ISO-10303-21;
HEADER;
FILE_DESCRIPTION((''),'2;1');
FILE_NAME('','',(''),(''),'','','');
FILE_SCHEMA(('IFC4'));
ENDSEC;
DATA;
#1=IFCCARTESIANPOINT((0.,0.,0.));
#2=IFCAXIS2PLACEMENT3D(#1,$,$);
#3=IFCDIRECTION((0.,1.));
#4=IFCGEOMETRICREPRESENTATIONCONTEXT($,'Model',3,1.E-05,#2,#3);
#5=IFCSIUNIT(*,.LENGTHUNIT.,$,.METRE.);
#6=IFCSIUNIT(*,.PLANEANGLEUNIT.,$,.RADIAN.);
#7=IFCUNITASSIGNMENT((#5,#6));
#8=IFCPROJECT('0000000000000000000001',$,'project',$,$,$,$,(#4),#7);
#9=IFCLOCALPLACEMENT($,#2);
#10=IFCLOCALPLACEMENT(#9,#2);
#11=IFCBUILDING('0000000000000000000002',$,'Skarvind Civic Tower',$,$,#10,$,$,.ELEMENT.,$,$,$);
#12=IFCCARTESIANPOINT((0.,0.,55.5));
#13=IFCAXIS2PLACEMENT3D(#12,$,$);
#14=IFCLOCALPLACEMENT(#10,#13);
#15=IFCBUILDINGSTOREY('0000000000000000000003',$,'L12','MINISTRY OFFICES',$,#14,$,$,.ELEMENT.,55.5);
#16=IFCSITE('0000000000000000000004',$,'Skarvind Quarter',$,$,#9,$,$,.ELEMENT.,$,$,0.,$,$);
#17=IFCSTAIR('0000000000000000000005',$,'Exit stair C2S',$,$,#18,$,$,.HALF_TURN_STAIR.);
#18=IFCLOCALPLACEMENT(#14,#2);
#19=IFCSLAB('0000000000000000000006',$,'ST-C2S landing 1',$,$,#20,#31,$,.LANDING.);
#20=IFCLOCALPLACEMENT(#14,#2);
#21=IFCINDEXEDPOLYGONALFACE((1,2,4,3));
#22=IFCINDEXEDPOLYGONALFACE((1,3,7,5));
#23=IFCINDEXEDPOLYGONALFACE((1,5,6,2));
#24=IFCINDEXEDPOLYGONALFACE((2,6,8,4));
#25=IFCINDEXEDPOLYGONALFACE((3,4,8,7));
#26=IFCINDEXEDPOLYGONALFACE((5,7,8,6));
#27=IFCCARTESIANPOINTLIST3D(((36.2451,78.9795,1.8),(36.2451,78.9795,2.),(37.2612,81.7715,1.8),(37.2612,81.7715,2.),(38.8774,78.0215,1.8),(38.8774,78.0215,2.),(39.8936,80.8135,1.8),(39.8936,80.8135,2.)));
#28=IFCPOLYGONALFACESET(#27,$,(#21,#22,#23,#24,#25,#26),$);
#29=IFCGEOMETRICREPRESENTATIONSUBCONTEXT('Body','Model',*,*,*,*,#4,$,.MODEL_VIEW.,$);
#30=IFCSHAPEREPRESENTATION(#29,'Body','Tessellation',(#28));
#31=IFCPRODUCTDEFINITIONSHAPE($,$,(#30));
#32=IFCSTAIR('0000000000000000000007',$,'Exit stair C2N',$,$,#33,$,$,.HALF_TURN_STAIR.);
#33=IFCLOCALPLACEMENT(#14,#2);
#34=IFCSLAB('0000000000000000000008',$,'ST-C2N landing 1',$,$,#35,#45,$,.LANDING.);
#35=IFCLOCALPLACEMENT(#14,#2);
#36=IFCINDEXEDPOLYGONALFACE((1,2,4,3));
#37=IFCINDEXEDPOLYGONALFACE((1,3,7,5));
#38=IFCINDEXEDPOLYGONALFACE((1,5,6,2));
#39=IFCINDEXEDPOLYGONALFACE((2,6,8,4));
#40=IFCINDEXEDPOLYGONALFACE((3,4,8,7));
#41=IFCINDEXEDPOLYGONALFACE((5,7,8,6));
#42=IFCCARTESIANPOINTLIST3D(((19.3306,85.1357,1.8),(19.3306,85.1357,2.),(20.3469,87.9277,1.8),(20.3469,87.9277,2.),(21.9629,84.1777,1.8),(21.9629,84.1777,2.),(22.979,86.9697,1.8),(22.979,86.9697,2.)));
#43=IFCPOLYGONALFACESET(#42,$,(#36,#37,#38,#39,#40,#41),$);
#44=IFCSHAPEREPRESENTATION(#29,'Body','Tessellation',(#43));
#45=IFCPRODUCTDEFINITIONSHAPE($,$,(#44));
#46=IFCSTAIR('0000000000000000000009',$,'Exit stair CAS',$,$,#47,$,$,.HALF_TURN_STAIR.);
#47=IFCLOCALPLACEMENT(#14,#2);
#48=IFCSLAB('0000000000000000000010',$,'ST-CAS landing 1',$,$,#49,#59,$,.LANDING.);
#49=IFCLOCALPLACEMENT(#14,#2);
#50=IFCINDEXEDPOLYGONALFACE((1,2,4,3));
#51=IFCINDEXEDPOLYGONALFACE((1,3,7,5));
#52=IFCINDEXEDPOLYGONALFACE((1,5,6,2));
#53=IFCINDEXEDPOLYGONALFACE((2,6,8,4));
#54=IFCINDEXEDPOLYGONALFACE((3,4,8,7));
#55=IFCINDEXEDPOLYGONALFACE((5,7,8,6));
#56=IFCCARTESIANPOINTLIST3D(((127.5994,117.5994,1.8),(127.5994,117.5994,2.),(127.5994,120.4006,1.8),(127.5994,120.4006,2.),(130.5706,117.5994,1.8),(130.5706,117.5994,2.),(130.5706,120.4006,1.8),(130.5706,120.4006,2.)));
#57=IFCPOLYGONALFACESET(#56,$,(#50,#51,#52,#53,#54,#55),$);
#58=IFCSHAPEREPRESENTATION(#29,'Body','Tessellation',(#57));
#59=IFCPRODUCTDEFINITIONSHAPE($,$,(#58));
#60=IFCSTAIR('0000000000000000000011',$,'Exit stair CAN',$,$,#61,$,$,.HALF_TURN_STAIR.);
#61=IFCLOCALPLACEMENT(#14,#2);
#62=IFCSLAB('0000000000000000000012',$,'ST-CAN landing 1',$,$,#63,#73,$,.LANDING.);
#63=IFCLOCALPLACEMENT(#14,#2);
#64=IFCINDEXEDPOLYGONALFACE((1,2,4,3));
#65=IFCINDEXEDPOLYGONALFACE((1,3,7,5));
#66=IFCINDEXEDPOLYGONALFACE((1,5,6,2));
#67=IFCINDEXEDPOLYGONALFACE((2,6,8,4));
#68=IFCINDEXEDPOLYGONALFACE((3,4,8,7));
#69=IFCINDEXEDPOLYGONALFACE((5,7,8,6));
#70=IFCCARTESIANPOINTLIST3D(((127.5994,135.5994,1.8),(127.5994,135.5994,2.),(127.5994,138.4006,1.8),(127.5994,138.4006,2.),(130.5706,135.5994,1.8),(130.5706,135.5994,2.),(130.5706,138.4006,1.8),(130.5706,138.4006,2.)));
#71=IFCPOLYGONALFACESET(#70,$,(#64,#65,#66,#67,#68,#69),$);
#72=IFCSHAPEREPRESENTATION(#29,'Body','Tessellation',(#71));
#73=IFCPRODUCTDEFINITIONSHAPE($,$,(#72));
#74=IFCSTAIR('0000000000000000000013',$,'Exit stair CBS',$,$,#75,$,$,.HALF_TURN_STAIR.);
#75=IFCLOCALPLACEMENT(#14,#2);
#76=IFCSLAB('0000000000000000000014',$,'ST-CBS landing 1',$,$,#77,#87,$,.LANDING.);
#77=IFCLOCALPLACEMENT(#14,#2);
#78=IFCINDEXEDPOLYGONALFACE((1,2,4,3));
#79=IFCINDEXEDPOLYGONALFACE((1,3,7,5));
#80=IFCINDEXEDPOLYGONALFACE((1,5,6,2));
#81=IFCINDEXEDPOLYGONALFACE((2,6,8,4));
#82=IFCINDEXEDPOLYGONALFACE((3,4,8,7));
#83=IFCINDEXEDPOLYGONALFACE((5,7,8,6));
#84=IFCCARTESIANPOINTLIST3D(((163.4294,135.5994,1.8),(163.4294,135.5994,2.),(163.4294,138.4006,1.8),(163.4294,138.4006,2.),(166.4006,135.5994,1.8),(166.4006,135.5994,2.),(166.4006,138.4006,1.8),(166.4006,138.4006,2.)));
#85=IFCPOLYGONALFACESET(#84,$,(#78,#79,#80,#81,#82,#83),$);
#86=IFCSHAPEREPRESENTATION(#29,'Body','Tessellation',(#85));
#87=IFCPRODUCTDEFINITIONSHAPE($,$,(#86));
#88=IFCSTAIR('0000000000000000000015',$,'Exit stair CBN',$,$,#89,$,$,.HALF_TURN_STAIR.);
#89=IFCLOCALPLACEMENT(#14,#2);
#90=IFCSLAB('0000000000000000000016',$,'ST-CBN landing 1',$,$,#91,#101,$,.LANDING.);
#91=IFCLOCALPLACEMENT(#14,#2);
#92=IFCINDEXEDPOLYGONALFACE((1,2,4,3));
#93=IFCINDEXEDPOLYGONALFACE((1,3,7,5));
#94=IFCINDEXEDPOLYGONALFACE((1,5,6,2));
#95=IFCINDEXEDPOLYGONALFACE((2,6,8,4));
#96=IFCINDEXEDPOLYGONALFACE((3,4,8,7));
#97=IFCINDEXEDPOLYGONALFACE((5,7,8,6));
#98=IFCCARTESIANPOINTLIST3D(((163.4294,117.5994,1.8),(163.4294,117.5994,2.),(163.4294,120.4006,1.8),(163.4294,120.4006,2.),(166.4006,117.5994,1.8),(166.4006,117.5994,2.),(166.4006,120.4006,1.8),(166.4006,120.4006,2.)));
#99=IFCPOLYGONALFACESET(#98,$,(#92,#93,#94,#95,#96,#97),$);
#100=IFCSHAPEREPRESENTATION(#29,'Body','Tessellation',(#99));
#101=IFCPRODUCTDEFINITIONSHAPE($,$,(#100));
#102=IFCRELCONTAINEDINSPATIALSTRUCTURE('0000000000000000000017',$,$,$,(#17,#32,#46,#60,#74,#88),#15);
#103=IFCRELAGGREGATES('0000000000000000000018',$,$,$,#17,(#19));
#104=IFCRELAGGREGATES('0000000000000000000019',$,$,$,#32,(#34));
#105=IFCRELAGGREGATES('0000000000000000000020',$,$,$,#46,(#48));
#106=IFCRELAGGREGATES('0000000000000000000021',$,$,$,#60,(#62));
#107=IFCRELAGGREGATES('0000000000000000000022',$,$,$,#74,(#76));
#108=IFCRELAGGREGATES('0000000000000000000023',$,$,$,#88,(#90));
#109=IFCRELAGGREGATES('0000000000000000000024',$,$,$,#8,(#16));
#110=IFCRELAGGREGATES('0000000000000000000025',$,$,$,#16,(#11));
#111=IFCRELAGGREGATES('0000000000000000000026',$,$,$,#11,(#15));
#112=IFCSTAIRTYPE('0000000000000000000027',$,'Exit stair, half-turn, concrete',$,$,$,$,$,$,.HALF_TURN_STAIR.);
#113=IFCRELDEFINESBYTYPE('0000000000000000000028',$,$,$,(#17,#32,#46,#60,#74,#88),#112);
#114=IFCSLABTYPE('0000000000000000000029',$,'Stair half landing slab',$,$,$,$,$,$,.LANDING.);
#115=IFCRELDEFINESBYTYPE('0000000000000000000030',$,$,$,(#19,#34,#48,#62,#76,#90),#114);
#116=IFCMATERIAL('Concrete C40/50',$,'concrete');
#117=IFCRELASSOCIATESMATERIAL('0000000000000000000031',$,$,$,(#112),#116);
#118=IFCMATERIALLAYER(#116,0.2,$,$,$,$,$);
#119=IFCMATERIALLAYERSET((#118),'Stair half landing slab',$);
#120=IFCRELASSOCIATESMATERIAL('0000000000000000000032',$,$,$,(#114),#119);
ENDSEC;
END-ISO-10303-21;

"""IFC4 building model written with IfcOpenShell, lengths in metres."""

from ifc_helpers import new_model, si_unit, direction, frame, origin, place, context, subcontext, project, spatial, polyline, outline, extrude, material, layer, layer_set, type_object, element, aggregate, save


model = new_model("IFC4")

# Units and contexts
model_context = context("Model", 3, precision=1e-05, world=origin(), true_north=direction((0.0, 1.0)))
body_context = subcontext(model_context, "Body", "Model", "MODEL_VIEW")
ifc_project = project(units=[si_unit("LENGTHUNIT", "METRE"), si_unit("PLANEANGLEUNIT", "RADIAN")], contexts=[model_context])

# Site, building, storey
site_placement = place(None, origin())
site = spatial("IfcSite", under=ifc_project, at=site_placement, Name="Skarvind Quarter", CompositionType="ELEMENT", RefElevation=0.0)
building_placement = place(site_placement, origin())
building = spatial("IfcBuilding", under=site, at=building_placement, Name="Skarvind Civic Tower", CompositionType="ELEMENT")
storey_placement = place(building_placement, frame((0.0, 0.0, 55.5)))
storey = spatial("IfcBuildingStorey", under=building, at=storey_placement, Name="L12", Description="MINISTRY OFFICES", CompositionType="ELEMENT", Elevation=55.5)

# Shared definitions
ifc_material_1 = material(Name="Concrete C40/50", Category="concrete")

# Stairs, slabs
stair_type = type_object("IfcStairType", Name="Exit stair, half-turn, concrete", PredefinedType="HALF_TURN_STAIR", material=ifc_material_1)
ifc_layer_1 = layer(ifc_material_1, 0.2)
ifc_layer_set_1 = layer_set([ifc_layer_1], Name="Stair half landing slab")
slab_type_1 = type_object("IfcSlabType", Name="Stair half landing slab", PredefinedType="LANDING", material=ifc_layer_set_1)
stair_1_placement = place(storey_placement, origin())
stair_1 = element("IfcStair", 1, at=stair_1_placement, inside=storey, type_object=stair_type, Name="Exit stair C2S", PredefinedType="HALF_TURN_STAIR")
slab_1_placement = place(storey_placement, frame((0.0, 0.0, 1.8)))
slab_1 = element("IfcSlab", 2, at=slab_1_placement, type_object=slab_type_1, Name="ST-C2S landing 1", PredefinedType="LANDING", context=body_context, shape_type="SweptSolid", body=[
    extrude(outline(polyline([(37.2612, 81.7715), (39.8936, 80.8135), (38.8774, 78.0215), (36.2451, 78.9795), (37.2612, 81.7715)])), origin(), (0.0, 0.0, 1.0), 0.2),
])
aggregate(stair_1, [slab_1])
stair_2_placement = place(storey_placement, origin())
stair_2 = element("IfcStair", 3, at=stair_2_placement, inside=storey, type_object=stair_type, Name="Exit stair C2N", PredefinedType="HALF_TURN_STAIR")
slab_2_placement = place(storey_placement, frame((0.0, 0.0, 1.8)))
slab_2 = element("IfcSlab", 4, at=slab_2_placement, type_object=slab_type_1, Name="ST-C2N landing 1", PredefinedType="LANDING", context=body_context, shape_type="SweptSolid", body=[
    extrude(outline(polyline([(20.3469, 87.9277), (22.979, 86.9697), (21.9629, 84.1777), (19.3306, 85.1357), (20.3469, 87.9277)])), origin(), (0.0, 0.0, 1.0), 0.2),
])
aggregate(stair_2, [slab_2])
stair_3_placement = place(storey_placement, origin())
stair_3 = element("IfcStair", 5, at=stair_3_placement, inside=storey, type_object=stair_type, Name="Exit stair CAS", PredefinedType="HALF_TURN_STAIR")
slab_3_placement = place(storey_placement, frame((0.0, 0.0, 1.8)))
slab_3 = element("IfcSlab", 6, at=slab_3_placement, type_object=slab_type_1, Name="ST-CAS landing 1", PredefinedType="LANDING", context=body_context, shape_type="SweptSolid", body=[
    extrude(outline(polyline([(130.5706, 120.4006), (130.5706, 117.5994), (127.5994, 117.5994), (127.5994, 120.4006), (130.5706, 120.4006)])), origin(), (0.0, 0.0, 1.0), 0.2),
])
aggregate(stair_3, [slab_3])
stair_4_placement = place(storey_placement, origin())
stair_4 = element("IfcStair", 7, at=stair_4_placement, inside=storey, type_object=stair_type, Name="Exit stair CAN", PredefinedType="HALF_TURN_STAIR")
slab_4_placement = place(storey_placement, frame((0.0, 0.0, 1.8)))
slab_4 = element("IfcSlab", 8, at=slab_4_placement, type_object=slab_type_1, Name="ST-CAN landing 1", PredefinedType="LANDING", context=body_context, shape_type="SweptSolid", body=[
    extrude(outline(polyline([(130.5706, 138.4006), (130.5706, 135.5994), (127.5994, 135.5994), (127.5994, 138.4006), (130.5706, 138.4006)])), origin(), (0.0, 0.0, 1.0), 0.2),
])
aggregate(stair_4, [slab_4])
stair_5_placement = place(storey_placement, origin())
stair_5 = element("IfcStair", 9, at=stair_5_placement, inside=storey, type_object=stair_type, Name="Exit stair CBS", PredefinedType="HALF_TURN_STAIR")
slab_5_placement = place(storey_placement, frame((0.0, 0.0, 1.8)))
slab_5 = element("IfcSlab", 10, at=slab_5_placement, type_object=slab_type_1, Name="ST-CBS landing 1", PredefinedType="LANDING", context=body_context, shape_type="SweptSolid", body=[
    extrude(outline(polyline([(163.4294, 135.5994), (163.4294, 138.4006), (166.4006, 138.4006), (166.4006, 135.5994), (163.4294, 135.5994)])), origin(), (0.0, 0.0, 1.0), 0.2),
])
aggregate(stair_5, [slab_5])
stair_6_placement = place(storey_placement, origin())
stair_6 = element("IfcStair", 11, at=stair_6_placement, inside=storey, type_object=stair_type, Name="Exit stair CBN", PredefinedType="HALF_TURN_STAIR")
slab_6_placement = place(storey_placement, frame((0.0, 0.0, 1.8)))
slab_6 = element("IfcSlab", 12, at=slab_6_placement, type_object=slab_type_1, Name="ST-CBN landing 1", PredefinedType="LANDING", context=body_context, shape_type="SweptSolid", body=[
    extrude(outline(polyline([(163.4294, 117.5994), (163.4294, 120.4006), (166.4006, 120.4006), (166.4006, 117.5994), (163.4294, 117.5994)])), origin(), (0.0, 0.0, 1.0), 0.2),
])
aggregate(stair_6, [slab_6])

save(model, "model.ifc")
